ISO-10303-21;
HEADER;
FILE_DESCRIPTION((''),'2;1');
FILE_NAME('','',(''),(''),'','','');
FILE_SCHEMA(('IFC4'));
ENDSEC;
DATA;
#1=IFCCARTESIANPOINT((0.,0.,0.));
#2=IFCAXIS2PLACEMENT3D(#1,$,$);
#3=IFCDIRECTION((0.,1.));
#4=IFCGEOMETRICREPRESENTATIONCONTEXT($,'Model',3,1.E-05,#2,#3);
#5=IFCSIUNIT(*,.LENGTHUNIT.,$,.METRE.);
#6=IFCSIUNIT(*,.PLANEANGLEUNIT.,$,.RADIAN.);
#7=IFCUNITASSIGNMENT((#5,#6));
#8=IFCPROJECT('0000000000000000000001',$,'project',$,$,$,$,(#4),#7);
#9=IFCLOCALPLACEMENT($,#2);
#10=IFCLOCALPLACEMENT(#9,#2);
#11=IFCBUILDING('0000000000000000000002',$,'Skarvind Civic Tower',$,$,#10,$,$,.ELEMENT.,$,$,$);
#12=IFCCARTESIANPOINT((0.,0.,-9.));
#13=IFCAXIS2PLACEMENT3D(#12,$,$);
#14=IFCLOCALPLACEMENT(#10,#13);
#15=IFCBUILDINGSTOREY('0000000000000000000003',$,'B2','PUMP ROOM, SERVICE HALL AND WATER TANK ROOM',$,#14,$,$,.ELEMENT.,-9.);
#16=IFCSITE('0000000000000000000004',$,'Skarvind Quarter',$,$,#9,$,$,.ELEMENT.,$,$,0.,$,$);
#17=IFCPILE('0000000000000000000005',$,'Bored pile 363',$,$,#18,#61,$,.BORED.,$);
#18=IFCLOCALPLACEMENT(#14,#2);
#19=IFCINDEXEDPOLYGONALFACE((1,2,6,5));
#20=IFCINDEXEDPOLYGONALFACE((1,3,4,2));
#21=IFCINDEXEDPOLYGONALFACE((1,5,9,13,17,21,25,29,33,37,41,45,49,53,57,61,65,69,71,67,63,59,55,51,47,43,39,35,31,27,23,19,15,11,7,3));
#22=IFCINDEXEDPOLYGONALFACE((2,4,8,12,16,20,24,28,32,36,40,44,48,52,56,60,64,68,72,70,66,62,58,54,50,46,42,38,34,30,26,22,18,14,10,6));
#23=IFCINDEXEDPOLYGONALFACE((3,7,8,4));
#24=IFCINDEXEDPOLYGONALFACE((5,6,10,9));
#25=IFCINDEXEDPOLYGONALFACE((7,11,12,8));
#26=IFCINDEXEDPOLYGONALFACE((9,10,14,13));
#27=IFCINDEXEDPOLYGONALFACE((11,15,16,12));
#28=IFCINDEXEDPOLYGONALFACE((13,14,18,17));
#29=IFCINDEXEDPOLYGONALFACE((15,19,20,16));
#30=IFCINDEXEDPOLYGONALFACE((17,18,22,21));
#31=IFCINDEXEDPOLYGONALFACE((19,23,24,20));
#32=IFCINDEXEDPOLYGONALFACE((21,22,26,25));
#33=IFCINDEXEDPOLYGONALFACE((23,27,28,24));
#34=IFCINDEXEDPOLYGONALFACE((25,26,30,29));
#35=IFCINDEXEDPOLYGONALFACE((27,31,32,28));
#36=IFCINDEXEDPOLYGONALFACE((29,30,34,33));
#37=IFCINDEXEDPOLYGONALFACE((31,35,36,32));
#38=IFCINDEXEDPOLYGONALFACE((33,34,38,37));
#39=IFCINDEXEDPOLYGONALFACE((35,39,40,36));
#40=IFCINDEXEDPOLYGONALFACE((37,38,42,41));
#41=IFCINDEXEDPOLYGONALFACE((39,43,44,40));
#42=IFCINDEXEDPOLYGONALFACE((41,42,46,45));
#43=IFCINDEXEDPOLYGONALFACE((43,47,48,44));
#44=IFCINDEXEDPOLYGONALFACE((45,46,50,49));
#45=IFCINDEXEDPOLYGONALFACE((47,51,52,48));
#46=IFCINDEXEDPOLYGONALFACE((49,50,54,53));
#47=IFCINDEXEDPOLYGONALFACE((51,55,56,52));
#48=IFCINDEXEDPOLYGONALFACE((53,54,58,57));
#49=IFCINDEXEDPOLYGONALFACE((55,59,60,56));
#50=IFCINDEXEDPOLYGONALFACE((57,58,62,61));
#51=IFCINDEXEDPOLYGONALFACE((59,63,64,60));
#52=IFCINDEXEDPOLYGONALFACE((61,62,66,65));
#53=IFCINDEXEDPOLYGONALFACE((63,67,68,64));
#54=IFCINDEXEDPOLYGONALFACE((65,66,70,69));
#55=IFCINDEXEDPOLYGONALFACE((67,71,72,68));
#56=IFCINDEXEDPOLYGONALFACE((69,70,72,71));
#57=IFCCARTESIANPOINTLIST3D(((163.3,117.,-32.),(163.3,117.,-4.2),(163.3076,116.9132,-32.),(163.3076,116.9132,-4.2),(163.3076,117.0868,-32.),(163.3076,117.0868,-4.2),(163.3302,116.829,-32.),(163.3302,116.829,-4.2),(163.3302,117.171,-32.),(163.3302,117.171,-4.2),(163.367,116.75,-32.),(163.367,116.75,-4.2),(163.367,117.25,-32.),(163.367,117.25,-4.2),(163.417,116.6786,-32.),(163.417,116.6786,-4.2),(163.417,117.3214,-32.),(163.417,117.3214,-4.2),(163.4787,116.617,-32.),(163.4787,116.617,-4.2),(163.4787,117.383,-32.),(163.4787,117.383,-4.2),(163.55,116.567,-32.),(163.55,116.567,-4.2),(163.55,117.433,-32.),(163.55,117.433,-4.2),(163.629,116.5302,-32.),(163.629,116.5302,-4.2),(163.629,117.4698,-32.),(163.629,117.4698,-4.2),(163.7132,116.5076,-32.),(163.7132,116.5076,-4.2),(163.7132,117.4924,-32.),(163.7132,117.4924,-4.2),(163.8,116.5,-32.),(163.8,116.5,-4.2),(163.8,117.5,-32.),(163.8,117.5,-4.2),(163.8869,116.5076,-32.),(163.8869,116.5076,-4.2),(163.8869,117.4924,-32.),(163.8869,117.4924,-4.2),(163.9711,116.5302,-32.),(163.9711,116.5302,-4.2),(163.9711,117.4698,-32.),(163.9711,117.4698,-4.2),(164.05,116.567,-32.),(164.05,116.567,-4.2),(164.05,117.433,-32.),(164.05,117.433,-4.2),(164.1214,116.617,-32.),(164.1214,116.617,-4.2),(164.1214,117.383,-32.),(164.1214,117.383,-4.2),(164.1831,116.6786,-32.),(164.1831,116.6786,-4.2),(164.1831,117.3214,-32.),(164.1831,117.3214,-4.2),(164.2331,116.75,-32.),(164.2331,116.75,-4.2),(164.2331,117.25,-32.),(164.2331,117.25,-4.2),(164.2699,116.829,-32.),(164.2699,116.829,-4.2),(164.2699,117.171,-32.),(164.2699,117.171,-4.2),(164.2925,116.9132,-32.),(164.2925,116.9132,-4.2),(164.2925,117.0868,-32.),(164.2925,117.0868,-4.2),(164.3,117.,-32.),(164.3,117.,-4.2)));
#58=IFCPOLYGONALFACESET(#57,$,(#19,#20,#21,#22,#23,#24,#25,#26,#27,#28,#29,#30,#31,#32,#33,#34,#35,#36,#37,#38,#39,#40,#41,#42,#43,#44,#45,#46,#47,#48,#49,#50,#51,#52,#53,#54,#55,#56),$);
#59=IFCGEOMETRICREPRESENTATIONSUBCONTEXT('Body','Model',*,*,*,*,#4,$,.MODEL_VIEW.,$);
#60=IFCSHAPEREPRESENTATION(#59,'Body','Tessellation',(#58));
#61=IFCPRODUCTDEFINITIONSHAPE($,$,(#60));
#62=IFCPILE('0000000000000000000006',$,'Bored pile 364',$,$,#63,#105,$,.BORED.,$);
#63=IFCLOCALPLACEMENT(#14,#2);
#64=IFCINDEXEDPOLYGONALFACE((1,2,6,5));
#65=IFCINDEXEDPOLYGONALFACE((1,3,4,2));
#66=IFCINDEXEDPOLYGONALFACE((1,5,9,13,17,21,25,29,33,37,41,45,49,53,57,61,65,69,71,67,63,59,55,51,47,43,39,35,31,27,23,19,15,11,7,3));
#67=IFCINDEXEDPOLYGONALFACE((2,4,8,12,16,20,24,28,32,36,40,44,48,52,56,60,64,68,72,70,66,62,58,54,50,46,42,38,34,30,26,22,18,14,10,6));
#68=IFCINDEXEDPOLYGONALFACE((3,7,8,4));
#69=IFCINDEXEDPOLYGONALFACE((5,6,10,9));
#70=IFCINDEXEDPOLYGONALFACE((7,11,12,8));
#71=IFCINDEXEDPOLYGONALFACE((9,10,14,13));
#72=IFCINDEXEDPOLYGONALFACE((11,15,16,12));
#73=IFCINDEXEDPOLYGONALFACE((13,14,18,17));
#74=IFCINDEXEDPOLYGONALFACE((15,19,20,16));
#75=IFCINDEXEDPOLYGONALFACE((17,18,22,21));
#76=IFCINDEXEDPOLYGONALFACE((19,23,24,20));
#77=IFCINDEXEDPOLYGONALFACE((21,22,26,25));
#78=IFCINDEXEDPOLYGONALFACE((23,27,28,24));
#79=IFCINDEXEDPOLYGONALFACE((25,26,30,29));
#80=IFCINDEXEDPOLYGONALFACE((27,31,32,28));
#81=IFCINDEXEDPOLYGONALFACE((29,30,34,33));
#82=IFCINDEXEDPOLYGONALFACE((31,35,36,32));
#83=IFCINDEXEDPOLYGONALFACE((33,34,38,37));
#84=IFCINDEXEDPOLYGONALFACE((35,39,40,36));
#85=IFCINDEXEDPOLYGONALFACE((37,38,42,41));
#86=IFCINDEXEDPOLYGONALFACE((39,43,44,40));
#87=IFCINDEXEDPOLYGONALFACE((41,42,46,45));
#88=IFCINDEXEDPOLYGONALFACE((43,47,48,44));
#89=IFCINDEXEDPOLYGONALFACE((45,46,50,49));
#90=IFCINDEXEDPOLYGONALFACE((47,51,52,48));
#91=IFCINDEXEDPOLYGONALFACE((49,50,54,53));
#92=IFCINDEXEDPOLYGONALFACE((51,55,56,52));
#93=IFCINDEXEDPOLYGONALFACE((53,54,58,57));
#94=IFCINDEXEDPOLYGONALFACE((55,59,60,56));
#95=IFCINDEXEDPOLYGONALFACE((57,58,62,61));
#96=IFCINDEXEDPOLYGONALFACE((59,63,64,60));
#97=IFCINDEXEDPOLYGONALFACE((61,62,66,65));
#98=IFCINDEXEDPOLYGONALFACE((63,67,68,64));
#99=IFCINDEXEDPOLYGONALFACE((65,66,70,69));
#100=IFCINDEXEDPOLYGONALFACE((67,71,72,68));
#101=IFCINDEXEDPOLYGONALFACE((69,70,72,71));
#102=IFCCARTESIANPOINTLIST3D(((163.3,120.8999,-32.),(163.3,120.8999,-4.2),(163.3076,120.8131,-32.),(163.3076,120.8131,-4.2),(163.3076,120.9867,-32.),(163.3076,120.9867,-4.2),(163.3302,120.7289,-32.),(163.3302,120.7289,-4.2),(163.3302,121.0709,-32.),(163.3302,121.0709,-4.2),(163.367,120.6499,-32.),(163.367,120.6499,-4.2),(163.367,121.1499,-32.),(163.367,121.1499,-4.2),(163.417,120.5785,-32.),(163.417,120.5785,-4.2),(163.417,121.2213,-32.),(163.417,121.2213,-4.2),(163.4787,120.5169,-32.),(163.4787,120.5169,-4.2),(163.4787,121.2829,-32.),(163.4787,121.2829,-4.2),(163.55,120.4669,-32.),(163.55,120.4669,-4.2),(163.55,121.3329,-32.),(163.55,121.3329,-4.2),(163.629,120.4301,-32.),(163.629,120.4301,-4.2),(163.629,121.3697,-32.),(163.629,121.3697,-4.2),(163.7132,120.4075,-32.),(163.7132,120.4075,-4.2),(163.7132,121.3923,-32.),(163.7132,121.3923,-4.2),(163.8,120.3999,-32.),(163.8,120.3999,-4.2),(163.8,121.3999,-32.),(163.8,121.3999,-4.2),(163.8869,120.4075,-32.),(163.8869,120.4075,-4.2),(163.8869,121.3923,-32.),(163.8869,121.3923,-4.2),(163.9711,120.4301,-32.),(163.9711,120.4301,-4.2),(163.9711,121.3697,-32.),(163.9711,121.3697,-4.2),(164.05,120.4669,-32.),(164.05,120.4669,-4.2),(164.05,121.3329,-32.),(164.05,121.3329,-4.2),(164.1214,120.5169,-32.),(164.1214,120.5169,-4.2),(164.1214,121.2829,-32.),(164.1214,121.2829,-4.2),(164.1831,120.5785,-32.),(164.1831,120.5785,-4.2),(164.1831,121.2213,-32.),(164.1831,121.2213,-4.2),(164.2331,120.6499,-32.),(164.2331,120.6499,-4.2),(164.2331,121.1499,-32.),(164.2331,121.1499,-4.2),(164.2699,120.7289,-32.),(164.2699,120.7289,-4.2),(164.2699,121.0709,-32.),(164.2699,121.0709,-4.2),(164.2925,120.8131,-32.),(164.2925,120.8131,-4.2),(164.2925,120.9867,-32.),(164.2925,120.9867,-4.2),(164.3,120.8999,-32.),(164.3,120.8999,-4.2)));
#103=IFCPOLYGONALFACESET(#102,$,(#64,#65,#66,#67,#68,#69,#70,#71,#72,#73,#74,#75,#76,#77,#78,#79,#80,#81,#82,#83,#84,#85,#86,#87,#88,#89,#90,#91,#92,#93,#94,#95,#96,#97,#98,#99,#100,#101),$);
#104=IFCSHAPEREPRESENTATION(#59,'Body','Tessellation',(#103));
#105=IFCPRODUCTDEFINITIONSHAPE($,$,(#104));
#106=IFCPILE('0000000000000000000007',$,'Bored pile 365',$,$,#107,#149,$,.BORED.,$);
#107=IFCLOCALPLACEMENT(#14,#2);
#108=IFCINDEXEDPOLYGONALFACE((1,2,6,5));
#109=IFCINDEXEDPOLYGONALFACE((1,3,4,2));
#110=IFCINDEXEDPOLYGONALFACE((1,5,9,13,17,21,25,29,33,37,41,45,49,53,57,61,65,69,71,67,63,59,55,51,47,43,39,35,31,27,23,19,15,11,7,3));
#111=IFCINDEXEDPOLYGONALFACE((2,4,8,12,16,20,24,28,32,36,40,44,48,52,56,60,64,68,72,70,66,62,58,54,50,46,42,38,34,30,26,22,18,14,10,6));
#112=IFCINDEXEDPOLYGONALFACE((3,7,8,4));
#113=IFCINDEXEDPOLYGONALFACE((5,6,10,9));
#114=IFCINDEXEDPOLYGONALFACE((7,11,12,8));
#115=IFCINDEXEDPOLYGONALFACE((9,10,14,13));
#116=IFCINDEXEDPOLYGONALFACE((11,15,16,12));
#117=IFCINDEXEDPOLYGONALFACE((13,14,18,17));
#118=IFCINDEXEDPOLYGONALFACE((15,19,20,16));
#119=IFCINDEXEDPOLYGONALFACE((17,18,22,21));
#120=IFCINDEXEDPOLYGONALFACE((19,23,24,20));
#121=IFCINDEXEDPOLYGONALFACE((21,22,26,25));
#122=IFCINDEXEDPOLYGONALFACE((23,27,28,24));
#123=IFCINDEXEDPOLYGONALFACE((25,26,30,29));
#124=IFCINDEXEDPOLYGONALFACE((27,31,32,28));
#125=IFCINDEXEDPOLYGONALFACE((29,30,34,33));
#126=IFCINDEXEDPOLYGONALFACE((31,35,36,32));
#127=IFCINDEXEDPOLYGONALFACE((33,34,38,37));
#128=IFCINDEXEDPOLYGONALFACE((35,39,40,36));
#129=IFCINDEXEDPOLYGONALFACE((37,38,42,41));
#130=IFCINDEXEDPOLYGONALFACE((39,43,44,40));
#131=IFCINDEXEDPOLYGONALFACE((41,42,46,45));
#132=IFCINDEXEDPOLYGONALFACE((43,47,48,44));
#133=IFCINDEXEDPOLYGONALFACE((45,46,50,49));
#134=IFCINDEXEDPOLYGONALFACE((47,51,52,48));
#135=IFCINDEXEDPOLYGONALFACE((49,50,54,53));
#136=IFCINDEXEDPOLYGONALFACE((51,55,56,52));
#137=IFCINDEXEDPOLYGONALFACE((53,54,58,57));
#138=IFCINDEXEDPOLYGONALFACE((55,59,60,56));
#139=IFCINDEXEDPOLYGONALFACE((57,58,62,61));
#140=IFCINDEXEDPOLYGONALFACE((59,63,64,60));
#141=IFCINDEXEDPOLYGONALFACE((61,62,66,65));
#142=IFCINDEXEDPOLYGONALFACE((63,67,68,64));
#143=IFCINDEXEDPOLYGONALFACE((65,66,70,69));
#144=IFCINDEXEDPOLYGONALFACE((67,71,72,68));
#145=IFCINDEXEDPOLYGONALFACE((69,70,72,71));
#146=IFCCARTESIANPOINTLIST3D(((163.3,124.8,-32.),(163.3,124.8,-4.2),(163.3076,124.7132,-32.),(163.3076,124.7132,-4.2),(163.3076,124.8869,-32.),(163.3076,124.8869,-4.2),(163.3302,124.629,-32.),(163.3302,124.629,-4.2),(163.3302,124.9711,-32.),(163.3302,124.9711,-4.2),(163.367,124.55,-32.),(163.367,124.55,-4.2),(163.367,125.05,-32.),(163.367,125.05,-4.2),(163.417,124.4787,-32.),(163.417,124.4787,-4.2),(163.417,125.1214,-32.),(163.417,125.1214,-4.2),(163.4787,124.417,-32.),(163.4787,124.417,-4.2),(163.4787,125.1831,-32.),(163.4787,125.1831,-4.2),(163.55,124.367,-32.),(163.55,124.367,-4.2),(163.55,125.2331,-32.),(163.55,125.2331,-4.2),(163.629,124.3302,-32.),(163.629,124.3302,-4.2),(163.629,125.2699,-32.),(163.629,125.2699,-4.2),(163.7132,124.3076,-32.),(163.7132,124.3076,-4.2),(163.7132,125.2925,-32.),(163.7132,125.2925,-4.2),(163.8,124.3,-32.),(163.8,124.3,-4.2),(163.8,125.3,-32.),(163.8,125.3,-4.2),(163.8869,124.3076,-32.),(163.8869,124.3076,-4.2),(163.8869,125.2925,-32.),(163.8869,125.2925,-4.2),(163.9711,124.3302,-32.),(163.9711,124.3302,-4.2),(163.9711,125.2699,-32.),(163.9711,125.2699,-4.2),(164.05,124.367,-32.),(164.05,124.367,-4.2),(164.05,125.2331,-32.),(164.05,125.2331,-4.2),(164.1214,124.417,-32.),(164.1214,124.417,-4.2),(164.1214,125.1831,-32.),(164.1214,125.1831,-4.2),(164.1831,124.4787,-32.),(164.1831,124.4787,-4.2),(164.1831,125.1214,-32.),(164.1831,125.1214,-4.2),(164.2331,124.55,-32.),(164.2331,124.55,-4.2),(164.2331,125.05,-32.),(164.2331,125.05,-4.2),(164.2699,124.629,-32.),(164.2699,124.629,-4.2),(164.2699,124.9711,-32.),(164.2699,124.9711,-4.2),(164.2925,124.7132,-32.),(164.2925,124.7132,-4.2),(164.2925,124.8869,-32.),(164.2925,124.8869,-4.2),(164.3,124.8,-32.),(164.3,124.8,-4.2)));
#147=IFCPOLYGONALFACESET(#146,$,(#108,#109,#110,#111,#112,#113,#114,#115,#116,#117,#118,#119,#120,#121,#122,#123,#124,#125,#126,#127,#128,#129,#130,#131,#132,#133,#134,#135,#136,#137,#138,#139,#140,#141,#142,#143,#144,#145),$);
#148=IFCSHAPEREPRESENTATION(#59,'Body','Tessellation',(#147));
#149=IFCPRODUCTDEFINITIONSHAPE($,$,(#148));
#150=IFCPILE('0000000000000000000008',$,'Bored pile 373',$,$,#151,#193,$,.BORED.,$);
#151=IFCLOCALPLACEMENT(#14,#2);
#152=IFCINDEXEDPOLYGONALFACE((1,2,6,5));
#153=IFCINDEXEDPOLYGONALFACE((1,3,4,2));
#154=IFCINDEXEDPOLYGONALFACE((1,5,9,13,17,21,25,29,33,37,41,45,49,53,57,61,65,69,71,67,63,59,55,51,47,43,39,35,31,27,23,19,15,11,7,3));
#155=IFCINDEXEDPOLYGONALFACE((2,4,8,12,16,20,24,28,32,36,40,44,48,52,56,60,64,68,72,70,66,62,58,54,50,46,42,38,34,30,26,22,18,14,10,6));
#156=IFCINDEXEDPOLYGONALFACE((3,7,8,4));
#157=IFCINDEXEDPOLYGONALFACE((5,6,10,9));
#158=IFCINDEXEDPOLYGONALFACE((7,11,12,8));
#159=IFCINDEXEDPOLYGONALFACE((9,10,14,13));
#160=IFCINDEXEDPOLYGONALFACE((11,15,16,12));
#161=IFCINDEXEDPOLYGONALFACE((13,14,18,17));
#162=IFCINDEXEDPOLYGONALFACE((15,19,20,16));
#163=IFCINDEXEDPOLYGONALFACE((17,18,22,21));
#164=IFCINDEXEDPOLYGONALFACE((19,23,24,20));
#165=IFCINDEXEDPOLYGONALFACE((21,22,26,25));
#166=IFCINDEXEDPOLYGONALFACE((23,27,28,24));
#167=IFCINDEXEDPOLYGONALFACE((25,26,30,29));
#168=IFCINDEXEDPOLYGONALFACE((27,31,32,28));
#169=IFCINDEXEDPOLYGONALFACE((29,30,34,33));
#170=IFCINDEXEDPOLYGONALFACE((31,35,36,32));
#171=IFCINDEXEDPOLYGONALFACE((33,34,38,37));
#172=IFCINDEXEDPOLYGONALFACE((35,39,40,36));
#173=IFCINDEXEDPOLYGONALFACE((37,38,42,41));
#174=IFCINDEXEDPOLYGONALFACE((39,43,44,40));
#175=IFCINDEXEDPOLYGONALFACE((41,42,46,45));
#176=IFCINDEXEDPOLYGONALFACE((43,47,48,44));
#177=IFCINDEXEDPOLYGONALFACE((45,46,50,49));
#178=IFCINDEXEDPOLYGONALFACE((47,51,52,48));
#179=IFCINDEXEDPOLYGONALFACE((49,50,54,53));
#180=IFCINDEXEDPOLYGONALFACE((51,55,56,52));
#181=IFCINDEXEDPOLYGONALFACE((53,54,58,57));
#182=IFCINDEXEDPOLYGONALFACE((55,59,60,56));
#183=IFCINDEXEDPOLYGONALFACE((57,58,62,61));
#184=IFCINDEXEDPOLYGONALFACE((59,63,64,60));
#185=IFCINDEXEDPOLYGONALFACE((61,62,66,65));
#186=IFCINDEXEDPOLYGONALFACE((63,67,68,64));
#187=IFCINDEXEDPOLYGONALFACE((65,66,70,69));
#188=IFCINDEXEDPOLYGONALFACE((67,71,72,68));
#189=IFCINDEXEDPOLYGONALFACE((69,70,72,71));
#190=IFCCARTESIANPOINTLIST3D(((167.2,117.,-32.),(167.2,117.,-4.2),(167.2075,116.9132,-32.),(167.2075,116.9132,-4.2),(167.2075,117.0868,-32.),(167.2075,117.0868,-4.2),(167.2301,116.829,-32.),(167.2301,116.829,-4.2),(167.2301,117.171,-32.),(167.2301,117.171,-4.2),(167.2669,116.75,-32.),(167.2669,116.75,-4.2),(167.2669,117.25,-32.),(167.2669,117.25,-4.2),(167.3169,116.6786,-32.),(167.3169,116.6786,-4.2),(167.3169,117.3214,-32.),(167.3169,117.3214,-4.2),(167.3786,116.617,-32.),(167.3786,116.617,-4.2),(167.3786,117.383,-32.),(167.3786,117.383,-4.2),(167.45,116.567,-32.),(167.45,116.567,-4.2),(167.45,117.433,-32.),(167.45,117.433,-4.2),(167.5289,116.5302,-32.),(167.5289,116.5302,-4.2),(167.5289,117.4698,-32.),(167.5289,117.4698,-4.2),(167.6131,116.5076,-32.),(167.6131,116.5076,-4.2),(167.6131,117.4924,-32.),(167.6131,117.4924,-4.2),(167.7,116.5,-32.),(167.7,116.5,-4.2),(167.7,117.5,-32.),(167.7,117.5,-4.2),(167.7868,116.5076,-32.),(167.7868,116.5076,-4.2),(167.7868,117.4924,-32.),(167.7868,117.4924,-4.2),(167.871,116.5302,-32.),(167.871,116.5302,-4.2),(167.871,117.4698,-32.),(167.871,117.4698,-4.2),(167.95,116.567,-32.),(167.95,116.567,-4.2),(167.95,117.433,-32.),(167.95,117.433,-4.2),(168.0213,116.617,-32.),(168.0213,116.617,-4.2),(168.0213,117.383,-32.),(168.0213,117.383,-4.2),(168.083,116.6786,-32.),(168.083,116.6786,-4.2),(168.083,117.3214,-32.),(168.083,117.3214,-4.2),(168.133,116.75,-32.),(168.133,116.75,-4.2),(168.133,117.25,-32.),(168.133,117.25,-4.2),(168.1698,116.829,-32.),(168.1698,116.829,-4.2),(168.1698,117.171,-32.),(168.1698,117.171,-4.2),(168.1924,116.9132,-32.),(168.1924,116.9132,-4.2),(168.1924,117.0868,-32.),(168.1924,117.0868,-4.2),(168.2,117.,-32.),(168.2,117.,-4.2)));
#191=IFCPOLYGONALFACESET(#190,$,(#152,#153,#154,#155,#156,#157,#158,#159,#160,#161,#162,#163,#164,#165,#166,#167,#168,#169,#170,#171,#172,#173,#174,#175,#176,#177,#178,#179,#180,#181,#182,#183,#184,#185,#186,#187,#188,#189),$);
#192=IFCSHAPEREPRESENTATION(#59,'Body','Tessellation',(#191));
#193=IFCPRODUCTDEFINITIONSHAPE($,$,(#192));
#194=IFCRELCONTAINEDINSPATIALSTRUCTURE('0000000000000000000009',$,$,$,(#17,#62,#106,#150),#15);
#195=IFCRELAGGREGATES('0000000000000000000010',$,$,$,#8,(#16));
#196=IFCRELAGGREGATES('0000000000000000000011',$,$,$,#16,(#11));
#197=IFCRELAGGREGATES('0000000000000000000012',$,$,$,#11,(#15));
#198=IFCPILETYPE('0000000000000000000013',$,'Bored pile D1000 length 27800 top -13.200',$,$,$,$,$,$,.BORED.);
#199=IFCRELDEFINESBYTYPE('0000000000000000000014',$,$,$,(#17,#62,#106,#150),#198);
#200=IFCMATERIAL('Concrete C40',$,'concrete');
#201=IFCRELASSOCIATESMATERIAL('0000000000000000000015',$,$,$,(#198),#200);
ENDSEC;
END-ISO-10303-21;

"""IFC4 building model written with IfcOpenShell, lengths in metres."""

from ifc_helpers import new_model, si_unit, direction, frame, origin, origin_2d, place, context, subcontext, project, spatial, circle, extrude, material, type_object, element, save


model = new_model("IFC4")

# Units and contexts
model_context = context("Model", 3, precision=1e-05, world=origin(), true_north=direction((0.0, 1.0)))
body_context = subcontext(model_context, "Body", "Model", "MODEL_VIEW")
ifc_project = project(units=[si_unit("LENGTHUNIT", "METRE"), si_unit("PLANEANGLEUNIT", "RADIAN")], contexts=[model_context])

# Site, building, storey
site_placement = place(None, origin())
site = spatial("IfcSite", under=ifc_project, at=site_placement, Name="Skarvind Quarter", CompositionType="ELEMENT", RefElevation=0.0)
building_placement = place(site_placement, origin())
building = spatial("IfcBuilding", under=site, at=building_placement, Name="Skarvind Civic Tower", CompositionType="ELEMENT")
storey_placement = place(building_placement, frame((0.0, 0.0, -9.0)))
storey = spatial("IfcBuildingStorey", under=building, at=storey_placement, Name="B2", Description="PUMP ROOM, SERVICE HALL AND WATER TANK ROOM", CompositionType="ELEMENT", Elevation=-9.0)

# Piles
ifc_material_1 = material(Name="Concrete C40", Category="concrete")
pile_type_1 = type_object("IfcPileType", Name="Bored pile D1000 length 27800 top -13.200", PredefinedType="BORED", material=ifc_material_1)
for number, where, z_axis, x_axis, name in (
    (1, (163.8, 117.0, -4.2), (0.0, 0.0, -1.0), (1.0, 0.0, 0.0), "Bored pile 363"),
    (2, (163.8, 120.8999, -4.2), (0.0, 0.0, -1.0), (1.0, 0.0, 0.0), "Bored pile 364"),
    (3, (163.8, 124.8, -4.2), (0.0, 0.0, -1.0), (1.0, 0.0, 0.0), "Bored pile 365"),
    (4, (167.7, 117.0, -4.2), (0.0, 0.0, -1.0), (1.0, 0.0, 0.0), "Bored pile 373"),
):
    element("IfcPile", number, at=place(storey_placement, frame(where, z_axis=z_axis, x_axis=x_axis)), inside=storey, type_object=pile_type_1, Name=name, PredefinedType="BORED", context=body_context, shape_type="SweptSolid", body=[
        extrude(circle(Radius=0.5, at=origin_2d()), origin(), (0.0, 0.0, 1.0), 27.8),
    ])

save(model, "model.ifc")
